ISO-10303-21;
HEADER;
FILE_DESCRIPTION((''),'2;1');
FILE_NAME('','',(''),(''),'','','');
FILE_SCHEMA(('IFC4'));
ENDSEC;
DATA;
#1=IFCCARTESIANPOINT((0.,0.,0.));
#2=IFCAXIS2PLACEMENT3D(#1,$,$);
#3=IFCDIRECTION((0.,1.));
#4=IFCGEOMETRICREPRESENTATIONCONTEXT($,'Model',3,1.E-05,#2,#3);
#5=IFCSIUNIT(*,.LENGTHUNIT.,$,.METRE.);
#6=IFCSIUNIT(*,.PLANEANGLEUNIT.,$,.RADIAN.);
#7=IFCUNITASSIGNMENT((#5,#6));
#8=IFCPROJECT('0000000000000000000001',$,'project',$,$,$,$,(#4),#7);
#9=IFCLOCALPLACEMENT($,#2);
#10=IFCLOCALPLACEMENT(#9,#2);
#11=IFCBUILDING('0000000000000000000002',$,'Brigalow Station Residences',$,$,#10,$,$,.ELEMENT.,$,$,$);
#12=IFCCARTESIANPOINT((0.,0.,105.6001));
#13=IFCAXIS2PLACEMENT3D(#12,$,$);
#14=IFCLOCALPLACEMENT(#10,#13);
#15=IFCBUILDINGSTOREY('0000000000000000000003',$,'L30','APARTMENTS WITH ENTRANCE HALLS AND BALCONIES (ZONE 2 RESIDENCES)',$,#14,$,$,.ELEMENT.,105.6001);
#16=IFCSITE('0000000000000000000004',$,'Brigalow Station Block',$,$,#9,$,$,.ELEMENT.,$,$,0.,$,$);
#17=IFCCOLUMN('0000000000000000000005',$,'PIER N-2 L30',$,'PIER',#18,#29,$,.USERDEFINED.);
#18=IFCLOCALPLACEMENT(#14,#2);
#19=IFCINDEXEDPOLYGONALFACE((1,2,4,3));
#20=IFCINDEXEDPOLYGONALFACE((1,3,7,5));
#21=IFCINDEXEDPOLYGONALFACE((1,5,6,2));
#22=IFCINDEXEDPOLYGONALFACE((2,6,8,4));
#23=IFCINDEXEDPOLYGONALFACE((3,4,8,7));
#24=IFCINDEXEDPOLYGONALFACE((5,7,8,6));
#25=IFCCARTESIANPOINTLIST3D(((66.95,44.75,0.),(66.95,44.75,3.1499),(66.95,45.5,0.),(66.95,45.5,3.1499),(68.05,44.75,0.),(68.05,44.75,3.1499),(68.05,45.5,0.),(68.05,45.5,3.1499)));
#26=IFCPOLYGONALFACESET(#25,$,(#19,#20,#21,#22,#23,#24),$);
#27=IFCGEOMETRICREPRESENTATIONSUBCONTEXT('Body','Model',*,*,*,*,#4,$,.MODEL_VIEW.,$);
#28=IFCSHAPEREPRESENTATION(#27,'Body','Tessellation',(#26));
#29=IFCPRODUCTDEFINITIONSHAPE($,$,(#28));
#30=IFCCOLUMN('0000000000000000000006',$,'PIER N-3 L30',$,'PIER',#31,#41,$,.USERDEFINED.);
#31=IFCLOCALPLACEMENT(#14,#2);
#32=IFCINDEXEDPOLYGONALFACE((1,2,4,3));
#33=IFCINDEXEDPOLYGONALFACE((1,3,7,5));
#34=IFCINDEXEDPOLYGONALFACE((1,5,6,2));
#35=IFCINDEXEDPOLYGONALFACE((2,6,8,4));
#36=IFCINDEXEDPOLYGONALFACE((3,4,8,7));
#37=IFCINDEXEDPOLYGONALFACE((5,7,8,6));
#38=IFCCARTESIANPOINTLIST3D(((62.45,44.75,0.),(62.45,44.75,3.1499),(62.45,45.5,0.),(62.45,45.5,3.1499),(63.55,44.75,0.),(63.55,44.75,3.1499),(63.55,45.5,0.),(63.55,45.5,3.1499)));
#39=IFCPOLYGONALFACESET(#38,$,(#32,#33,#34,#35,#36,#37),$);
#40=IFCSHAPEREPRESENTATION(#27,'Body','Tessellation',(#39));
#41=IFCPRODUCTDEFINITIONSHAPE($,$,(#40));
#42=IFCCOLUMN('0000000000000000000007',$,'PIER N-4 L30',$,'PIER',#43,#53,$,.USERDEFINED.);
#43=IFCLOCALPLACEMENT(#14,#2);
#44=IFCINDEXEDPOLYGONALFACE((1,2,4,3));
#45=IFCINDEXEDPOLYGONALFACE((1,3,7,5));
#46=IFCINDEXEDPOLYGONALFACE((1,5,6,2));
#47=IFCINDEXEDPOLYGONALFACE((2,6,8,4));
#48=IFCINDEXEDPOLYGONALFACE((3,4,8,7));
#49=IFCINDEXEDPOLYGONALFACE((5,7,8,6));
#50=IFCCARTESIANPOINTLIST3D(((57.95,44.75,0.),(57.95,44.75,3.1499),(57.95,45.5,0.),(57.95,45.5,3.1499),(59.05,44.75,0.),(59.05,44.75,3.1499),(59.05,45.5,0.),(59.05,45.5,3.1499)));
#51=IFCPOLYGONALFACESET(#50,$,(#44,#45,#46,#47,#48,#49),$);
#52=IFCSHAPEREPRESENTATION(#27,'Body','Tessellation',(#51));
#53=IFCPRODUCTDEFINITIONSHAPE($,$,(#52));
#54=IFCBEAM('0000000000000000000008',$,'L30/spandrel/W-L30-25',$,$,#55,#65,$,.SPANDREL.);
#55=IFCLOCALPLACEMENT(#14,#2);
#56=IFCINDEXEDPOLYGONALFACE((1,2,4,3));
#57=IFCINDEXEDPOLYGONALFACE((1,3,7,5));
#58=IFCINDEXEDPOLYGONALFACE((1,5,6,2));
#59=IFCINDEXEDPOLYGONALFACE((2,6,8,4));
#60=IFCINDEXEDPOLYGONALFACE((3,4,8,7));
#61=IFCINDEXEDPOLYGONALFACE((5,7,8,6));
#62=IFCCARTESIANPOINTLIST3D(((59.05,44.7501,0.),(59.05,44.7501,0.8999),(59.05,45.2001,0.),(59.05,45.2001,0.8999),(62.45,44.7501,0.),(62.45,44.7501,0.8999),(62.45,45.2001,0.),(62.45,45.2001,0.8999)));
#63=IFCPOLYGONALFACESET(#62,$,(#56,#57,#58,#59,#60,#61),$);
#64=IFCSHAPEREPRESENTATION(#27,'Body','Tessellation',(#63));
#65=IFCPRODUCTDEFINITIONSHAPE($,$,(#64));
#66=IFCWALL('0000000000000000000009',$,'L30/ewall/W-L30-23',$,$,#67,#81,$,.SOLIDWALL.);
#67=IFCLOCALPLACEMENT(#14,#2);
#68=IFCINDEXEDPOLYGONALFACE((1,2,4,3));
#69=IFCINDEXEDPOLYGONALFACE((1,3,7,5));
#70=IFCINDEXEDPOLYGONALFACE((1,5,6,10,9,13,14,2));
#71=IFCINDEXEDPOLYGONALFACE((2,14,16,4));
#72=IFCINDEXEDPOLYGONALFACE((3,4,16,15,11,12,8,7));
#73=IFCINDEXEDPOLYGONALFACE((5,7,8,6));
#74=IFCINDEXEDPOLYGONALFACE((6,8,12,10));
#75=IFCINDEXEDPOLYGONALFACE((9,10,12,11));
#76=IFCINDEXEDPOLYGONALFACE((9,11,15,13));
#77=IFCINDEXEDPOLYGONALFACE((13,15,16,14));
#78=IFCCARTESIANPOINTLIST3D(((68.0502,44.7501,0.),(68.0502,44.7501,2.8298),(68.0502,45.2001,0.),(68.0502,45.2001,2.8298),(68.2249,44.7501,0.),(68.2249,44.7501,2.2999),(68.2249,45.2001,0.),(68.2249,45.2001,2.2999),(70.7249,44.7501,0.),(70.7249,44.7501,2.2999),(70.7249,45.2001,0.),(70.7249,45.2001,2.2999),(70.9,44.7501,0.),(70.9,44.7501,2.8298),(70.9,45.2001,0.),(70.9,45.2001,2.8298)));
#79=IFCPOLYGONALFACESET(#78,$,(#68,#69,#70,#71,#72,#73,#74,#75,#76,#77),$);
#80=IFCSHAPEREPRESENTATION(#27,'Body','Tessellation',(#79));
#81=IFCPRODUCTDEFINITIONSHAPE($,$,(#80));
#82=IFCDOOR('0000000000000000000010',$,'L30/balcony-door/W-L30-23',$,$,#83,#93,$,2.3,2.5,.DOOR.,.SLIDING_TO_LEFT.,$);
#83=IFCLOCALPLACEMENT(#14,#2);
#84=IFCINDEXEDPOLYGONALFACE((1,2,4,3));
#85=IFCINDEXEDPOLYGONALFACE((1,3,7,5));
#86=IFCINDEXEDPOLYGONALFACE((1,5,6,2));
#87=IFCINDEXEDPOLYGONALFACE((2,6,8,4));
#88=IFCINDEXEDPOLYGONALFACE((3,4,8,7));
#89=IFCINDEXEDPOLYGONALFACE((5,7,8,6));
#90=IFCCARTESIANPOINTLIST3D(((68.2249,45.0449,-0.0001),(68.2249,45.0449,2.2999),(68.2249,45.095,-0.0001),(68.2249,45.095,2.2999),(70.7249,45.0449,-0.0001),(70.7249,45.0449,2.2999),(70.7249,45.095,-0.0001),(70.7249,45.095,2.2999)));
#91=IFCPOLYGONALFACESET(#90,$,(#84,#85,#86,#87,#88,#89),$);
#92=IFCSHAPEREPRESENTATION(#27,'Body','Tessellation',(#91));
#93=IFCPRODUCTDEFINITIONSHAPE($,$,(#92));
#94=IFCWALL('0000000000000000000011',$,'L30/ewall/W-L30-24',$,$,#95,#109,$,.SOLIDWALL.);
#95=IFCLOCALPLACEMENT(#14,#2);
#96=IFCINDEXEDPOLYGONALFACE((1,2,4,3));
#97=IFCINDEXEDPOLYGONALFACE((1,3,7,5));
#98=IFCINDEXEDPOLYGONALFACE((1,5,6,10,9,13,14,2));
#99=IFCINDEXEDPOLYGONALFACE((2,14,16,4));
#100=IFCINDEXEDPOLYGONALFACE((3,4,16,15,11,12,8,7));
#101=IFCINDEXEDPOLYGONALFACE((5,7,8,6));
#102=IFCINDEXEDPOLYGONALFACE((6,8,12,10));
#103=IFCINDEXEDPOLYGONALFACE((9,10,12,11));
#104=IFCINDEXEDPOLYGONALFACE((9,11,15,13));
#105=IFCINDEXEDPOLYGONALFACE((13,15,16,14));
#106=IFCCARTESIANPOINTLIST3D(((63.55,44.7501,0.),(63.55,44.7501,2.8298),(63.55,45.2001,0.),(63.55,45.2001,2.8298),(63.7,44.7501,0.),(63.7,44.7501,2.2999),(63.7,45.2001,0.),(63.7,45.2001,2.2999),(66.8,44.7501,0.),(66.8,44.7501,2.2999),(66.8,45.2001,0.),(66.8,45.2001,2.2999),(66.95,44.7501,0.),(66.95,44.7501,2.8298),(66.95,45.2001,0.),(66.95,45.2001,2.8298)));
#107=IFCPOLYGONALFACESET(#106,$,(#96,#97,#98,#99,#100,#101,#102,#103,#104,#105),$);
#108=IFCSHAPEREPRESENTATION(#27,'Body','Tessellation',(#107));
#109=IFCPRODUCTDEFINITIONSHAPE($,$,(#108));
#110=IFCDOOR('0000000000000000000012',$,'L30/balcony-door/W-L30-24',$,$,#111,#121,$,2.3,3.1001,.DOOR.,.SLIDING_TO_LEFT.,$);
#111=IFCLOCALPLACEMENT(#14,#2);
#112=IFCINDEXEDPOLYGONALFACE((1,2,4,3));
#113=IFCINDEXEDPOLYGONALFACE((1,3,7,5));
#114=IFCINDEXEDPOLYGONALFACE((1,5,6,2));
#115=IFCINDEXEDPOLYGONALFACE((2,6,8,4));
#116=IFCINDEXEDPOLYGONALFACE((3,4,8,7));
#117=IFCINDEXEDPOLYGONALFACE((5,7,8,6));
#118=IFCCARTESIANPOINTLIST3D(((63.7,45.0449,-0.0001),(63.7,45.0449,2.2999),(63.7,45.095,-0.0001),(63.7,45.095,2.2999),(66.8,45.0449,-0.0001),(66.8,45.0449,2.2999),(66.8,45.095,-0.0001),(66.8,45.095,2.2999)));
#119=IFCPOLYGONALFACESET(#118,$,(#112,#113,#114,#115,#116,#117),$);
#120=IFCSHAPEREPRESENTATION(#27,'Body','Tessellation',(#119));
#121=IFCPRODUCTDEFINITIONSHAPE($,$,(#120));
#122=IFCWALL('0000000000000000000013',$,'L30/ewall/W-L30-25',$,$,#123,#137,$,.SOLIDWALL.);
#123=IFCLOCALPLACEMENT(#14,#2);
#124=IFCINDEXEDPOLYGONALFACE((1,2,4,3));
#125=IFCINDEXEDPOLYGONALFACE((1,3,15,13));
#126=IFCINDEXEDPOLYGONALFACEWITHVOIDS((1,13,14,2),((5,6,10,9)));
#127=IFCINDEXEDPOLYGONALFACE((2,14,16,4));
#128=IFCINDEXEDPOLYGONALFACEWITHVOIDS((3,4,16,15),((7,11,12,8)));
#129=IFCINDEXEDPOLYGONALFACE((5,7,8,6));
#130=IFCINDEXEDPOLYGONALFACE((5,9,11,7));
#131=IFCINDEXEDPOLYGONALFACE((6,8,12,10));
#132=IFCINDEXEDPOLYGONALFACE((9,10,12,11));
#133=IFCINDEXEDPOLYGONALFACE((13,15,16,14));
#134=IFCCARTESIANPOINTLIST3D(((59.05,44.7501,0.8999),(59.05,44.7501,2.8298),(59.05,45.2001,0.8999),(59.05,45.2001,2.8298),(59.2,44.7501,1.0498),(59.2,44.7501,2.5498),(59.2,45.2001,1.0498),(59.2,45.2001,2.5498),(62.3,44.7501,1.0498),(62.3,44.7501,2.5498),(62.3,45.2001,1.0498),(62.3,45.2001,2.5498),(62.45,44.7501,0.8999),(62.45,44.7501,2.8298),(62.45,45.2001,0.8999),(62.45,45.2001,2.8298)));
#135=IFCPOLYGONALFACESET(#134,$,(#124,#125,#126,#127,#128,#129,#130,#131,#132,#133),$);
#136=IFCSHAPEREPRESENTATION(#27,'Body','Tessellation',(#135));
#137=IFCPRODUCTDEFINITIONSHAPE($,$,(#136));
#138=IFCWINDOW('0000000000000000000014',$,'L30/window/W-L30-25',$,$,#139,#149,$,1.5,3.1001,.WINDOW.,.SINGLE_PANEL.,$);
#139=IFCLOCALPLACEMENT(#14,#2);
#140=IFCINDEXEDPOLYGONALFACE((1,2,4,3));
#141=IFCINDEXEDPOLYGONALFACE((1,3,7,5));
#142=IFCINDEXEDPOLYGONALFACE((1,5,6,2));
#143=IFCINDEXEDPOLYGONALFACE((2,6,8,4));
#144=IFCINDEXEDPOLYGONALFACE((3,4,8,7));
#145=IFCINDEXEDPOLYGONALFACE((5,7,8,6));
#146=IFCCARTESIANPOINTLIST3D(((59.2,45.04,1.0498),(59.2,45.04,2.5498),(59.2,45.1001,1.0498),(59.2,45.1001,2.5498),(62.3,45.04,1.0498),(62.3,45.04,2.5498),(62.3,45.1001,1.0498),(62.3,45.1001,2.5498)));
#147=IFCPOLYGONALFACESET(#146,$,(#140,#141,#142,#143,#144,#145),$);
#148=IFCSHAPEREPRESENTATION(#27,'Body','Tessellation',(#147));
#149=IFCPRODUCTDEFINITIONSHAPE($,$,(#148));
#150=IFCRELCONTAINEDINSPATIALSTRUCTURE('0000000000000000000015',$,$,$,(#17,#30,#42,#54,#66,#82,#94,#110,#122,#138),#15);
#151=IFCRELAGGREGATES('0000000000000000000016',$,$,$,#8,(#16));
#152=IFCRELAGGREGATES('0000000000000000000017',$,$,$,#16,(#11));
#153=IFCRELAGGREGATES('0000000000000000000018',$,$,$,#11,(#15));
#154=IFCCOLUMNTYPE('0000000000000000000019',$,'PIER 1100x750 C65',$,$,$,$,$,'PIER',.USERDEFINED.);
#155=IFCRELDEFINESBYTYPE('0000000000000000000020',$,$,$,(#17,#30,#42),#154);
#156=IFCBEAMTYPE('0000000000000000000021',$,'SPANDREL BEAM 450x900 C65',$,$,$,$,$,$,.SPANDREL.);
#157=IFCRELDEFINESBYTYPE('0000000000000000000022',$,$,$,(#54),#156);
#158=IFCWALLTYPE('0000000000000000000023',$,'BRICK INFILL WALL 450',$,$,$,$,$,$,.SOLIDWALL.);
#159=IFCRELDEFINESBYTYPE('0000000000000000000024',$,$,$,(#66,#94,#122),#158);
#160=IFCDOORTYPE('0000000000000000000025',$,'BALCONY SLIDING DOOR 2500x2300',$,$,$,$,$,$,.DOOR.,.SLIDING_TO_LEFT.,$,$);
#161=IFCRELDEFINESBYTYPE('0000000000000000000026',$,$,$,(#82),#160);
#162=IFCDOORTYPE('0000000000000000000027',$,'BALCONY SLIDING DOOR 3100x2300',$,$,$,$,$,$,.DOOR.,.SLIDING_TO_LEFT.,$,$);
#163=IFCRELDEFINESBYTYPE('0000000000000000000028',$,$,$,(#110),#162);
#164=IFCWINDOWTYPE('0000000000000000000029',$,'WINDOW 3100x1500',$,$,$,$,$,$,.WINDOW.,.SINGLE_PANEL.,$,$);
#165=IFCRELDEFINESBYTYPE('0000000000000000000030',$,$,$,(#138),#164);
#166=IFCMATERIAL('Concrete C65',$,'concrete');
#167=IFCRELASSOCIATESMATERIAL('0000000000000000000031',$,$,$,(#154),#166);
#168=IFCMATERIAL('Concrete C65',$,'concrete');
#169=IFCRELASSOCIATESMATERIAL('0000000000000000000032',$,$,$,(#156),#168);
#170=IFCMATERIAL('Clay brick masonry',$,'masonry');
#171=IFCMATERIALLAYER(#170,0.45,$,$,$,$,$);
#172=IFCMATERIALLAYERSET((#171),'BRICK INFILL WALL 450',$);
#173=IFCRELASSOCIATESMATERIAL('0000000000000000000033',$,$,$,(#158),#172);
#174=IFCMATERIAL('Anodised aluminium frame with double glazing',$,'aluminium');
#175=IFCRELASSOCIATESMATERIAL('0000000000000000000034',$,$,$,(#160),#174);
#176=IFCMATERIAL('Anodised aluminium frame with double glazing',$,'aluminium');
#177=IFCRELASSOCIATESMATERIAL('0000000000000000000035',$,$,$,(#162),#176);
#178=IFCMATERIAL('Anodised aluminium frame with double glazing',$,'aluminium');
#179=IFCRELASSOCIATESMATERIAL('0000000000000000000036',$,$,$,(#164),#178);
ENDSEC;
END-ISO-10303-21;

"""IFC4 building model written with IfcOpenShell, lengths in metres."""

from ifc_helpers import new_model, si_unit, direction, frame, frame_2d, origin, origin_2d, place, context, subcontext, project, spatial, rectangle, extrude, material, layer, layer_set, material_profile, profile_set, type_object, element, fill, save


model = new_model("IFC4")

# Units and contexts
model_context = context("Model", 3, precision=1e-05, world=origin(), true_north=direction((0.0, 1.0)))
body_context = subcontext(model_context, "Body", "Model", "MODEL_VIEW")
ifc_project = project(units=[si_unit("LENGTHUNIT", "METRE"), si_unit("PLANEANGLEUNIT", "RADIAN")], contexts=[model_context])

# Site, building, storey
site_placement = place(None, origin())
site = spatial("IfcSite", under=ifc_project, at=site_placement, Name="Brigalow Station Block", CompositionType="ELEMENT", RefElevation=0.0)
building_placement = place(site_placement, origin())
building = spatial("IfcBuilding", under=site, at=building_placement, Name="Brigalow Station Residences", CompositionType="ELEMENT")
storey_placement = place(building_placement, frame((0.0, 0.0, 105.6001)))
storey = spatial("IfcBuildingStorey", under=building, at=storey_placement, Name="L30", Description="APARTMENTS WITH ENTRANCE HALLS AND BALCONIES (ZONE 2 RESIDENCES)", CompositionType="ELEMENT", Elevation=105.6001)

# Columns
ifc_material_1 = material(Name="Concrete C65", Category="concrete")
ifc_material_profile_1 = material_profile(ifc_material_1, rectangle(XDim=1.1001, YDim=0.75, at=origin_2d()), Name="RC1100x750")
ifc_profile_set_1 = profile_set([ifc_material_profile_1], Name="Concrete C65")
column_type = type_object("IfcColumnType", Name="PIER 1100x750 C65", ElementType="PIER", PredefinedType="USERDEFINED", material=ifc_profile_set_1)
for number, where, z_axis, x_axis, name in (
    (1, (67.5, 45.125, 0.0), (0.0, 0.0, 1.0), (-1.0, 0.0, 0.0), "PIER N-2 L30"),
    (2, (63.0, 45.125, 0.0), (0.0, 0.0, 1.0), (-1.0, 0.0, 0.0), "PIER N-3 L30"),
    (3, (58.5, 45.125, 0.0), (0.0, 0.0, 1.0), (-1.0, 0.0, 0.0), "PIER N-4 L30"),
):
    element("IfcColumn", number, at=place(storey_placement, frame(where, z_axis=z_axis, x_axis=x_axis)), inside=storey, type_object=column_type, Name=name, ObjectType="PIER", PredefinedType="USERDEFINED", context=body_context, shape_type="SweptSolid", body=[
        extrude(rectangle(XDim=1.1001, YDim=0.75, at=origin_2d()), origin(), (0.0, 0.0, 1.0), 3.1499),
    ])

# Beam
ifc_material_2 = material(Name="Concrete C65", Category="concrete")
ifc_material_profile_2 = material_profile(ifc_material_2, rectangle(XDim=0.45, YDim=0.8999, at=origin_2d()), Name="RC450x900")
ifc_profile_set_2 = profile_set([ifc_material_profile_2], Name="Concrete C65")
beam_type = type_object("IfcBeamType", Name="SPANDREL BEAM 450x900 C65", PredefinedType="SPANDREL", material=ifc_profile_set_2)
beam_placement = place(storey_placement, frame((62.45, 44.9751, 0.45), z_axis=(-1.0, 0.0, 0.0), x_axis=(0.0, -1.0, 0.0)))
element("IfcBeam", 4, at=beam_placement, inside=storey, type_object=beam_type, Name="L30/spandrel/W-L30-25", PredefinedType="SPANDREL", context=body_context, shape_type="SweptSolid", body=[
    extrude(rectangle(XDim=0.45, YDim=0.8999, at=origin_2d()), origin(), (0.0, 0.0, 1.0), 3.3999),
])

# Walls, openings, doors
ifc_material_3 = material(Name="Clay brick masonry", Category="masonry")
ifc_layer_1 = layer(ifc_material_3, 0.45)
ifc_layer_set_1 = layer_set([ifc_layer_1], Name="BRICK INFILL WALL 450")
wall_type_1 = type_object("IfcWallType", Name="BRICK INFILL WALL 450", PredefinedType="SOLIDWALL", material=ifc_layer_set_1)
wall_1_placement = place(storey_placement, frame((70.8999, 44.9751, 0.0), z_axis=(0.0, 0.0, 1.0), x_axis=(-1.0, 0.0, 0.0)))
wall_1 = element("IfcWall", 5, at=wall_1_placement, inside=storey, type_object=wall_type_1, Name="L30/ewall/W-L30-23", PredefinedType="SOLIDWALL", context=body_context, shape_type="SweptSolid", body=[
    extrude(rectangle(XDim=2.8499, YDim=0.45, at=frame_2d((1.4248, 0.0))), origin(), (0.0, 0.0, 1.0), 2.8298),
])
opening_1_placement = place(wall_1_placement, frame((0.175, 0.0, 0.0)))
opening_1 = element("IfcOpeningElement", 6, at=opening_1_placement, cuts=wall_1, PredefinedType="OPENING", context=body_context, shape_type="SweptSolid", body=[
    extrude(rectangle(XDim=2.5, YDim=2.3, at=frame_2d((1.25, 1.1499))), frame((0.0, 0.2349, 0.0), z_axis=(0.0, -1.0, 0.0), x_axis=(1.0, 0.0, 0.0)), (0.0, 0.0, 1.0), 0.47),
])
ifc_material_4 = material(Name="Anodised aluminium frame with double glazing", Category="aluminium")
door_type_1 = type_object("IfcDoorType", Name="BALCONY SLIDING DOOR 2500x2300", OperationType="SLIDING_TO_LEFT", PredefinedType="DOOR", material=ifc_material_4)
door_1_placement = place(opening_1_placement, origin())
door_1 = element("IfcDoor", 7, at=door_1_placement, inside=storey, type_object=door_type_1, Name="L30/balcony-door/W-L30-23", OperationType="SLIDING_TO_LEFT", OverallHeight=2.3, OverallWidth=2.5, PredefinedType="DOOR", context=body_context, shape_type="SweptSolid", body=[
    extrude(rectangle(XDim=2.5, YDim=2.3, at=frame_2d((1.25, 1.1499))), frame((0.0, -0.0698, 0.0), z_axis=(0.0, -1.0, 0.0), x_axis=(1.0, 0.0, 0.0)), (0.0, 0.0, 1.0), 0.05),
])
fill(opening_1, door_1)
wall_2_placement = place(storey_placement, frame((66.95, 44.9751, 0.0), z_axis=(0.0, 0.0, 1.0), x_axis=(-1.0, 0.0, 0.0)))
wall_2 = element("IfcWall", 8, at=wall_2_placement, inside=storey, type_object=wall_type_1, Name="L30/ewall/W-L30-24", PredefinedType="SOLIDWALL", context=body_context, shape_type="SweptSolid", body=[
    extrude(rectangle(XDim=3.3999, YDim=0.45, at=frame_2d((1.7, 0.0))), origin(), (0.0, 0.0, 1.0), 2.8298),
])
opening_2_placement = place(wall_2_placement, frame((0.1499, 0.0, 0.0)))
opening_2 = element("IfcOpeningElement", 9, at=opening_2_placement, cuts=wall_2, PredefinedType="OPENING", context=body_context, shape_type="SweptSolid", body=[
    extrude(rectangle(XDim=3.1001, YDim=2.3, at=frame_2d((1.55, 1.1499))), frame((0.0, 0.2349, 0.0), z_axis=(0.0, -1.0, 0.0), x_axis=(1.0, 0.0, 0.0)), (0.0, 0.0, 1.0), 0.47),
])
ifc_material_5 = material(Name="Anodised aluminium frame with double glazing", Category="aluminium")
door_type_2 = type_object("IfcDoorType", Name="BALCONY SLIDING DOOR 3100x2300", OperationType="SLIDING_TO_LEFT", PredefinedType="DOOR", material=ifc_material_5)
door_2_placement = place(opening_2_placement, origin())
door_2 = element("IfcDoor", 10, at=door_2_placement, inside=storey, type_object=door_type_2, Name="L30/balcony-door/W-L30-24", OperationType="SLIDING_TO_LEFT", OverallHeight=2.3, OverallWidth=3.1001, PredefinedType="DOOR", context=body_context, shape_type="SweptSolid", body=[
    extrude(rectangle(XDim=3.1001, YDim=2.3, at=frame_2d((1.55, 1.1499))), frame((0.0, -0.0698, 0.0), z_axis=(0.0, -1.0, 0.0), x_axis=(1.0, 0.0, 0.0)), (0.0, 0.0, 1.0), 0.05),
])
fill(opening_2, door_2)

# Wall, opening, window
wall_3_placement = place(storey_placement, frame((62.45, 44.9751, 0.8999), z_axis=(0.0, 0.0, 1.0), x_axis=(-1.0, 0.0, 0.0)))
wall_3 = element("IfcWall", 11, at=wall_3_placement, inside=storey, type_object=wall_type_1, Name="L30/ewall/W-L30-25", PredefinedType="SOLIDWALL", context=body_context, shape_type="SweptSolid", body=[
    extrude(rectangle(XDim=3.3999, YDim=0.45, at=frame_2d((1.7, 0.0))), origin(), (0.0, 0.0, 1.0), 1.9299),
])
opening_3_placement = place(wall_3_placement, frame((0.1499, 0.0, 0.1499)))
opening_3 = element("IfcOpeningElement", 12, at=opening_3_placement, cuts=wall_3, PredefinedType="OPENING", context=body_context, shape_type="SweptSolid", body=[
    extrude(rectangle(XDim=3.1001, YDim=1.5, at=frame_2d((1.55, 0.75))), frame((0.0, 0.2349, 0.0), z_axis=(0.0, -1.0, 0.0), x_axis=(1.0, 0.0, 0.0)), (0.0, 0.0, 1.0), 0.47),
])
ifc_material_6 = material(Name="Anodised aluminium frame with double glazing", Category="aluminium")
window_type = type_object("IfcWindowType", Name="WINDOW 3100x1500", PartitioningType="SINGLE_PANEL", PredefinedType="WINDOW", material=ifc_material_6)
window_placement = place(opening_3_placement, origin())
window = element("IfcWindow", 13, at=window_placement, inside=storey, type_object=window_type, Name="L30/window/W-L30-25", OverallHeight=1.5, OverallWidth=3.1001, PartitioningType="SINGLE_PANEL", PredefinedType="WINDOW", context=body_context, shape_type="SweptSolid", body=[
    extrude(rectangle(XDim=3.1001, YDim=1.5, at=frame_2d((1.55, 0.75))), frame((0.0, -0.0649, 0.0), z_axis=(0.0, -1.0, 0.0), x_axis=(1.0, 0.0, 0.0)), (0.0, 0.0, 1.0), 0.0601),
])
fill(opening_3, window)

save(model, "model.ifc")
